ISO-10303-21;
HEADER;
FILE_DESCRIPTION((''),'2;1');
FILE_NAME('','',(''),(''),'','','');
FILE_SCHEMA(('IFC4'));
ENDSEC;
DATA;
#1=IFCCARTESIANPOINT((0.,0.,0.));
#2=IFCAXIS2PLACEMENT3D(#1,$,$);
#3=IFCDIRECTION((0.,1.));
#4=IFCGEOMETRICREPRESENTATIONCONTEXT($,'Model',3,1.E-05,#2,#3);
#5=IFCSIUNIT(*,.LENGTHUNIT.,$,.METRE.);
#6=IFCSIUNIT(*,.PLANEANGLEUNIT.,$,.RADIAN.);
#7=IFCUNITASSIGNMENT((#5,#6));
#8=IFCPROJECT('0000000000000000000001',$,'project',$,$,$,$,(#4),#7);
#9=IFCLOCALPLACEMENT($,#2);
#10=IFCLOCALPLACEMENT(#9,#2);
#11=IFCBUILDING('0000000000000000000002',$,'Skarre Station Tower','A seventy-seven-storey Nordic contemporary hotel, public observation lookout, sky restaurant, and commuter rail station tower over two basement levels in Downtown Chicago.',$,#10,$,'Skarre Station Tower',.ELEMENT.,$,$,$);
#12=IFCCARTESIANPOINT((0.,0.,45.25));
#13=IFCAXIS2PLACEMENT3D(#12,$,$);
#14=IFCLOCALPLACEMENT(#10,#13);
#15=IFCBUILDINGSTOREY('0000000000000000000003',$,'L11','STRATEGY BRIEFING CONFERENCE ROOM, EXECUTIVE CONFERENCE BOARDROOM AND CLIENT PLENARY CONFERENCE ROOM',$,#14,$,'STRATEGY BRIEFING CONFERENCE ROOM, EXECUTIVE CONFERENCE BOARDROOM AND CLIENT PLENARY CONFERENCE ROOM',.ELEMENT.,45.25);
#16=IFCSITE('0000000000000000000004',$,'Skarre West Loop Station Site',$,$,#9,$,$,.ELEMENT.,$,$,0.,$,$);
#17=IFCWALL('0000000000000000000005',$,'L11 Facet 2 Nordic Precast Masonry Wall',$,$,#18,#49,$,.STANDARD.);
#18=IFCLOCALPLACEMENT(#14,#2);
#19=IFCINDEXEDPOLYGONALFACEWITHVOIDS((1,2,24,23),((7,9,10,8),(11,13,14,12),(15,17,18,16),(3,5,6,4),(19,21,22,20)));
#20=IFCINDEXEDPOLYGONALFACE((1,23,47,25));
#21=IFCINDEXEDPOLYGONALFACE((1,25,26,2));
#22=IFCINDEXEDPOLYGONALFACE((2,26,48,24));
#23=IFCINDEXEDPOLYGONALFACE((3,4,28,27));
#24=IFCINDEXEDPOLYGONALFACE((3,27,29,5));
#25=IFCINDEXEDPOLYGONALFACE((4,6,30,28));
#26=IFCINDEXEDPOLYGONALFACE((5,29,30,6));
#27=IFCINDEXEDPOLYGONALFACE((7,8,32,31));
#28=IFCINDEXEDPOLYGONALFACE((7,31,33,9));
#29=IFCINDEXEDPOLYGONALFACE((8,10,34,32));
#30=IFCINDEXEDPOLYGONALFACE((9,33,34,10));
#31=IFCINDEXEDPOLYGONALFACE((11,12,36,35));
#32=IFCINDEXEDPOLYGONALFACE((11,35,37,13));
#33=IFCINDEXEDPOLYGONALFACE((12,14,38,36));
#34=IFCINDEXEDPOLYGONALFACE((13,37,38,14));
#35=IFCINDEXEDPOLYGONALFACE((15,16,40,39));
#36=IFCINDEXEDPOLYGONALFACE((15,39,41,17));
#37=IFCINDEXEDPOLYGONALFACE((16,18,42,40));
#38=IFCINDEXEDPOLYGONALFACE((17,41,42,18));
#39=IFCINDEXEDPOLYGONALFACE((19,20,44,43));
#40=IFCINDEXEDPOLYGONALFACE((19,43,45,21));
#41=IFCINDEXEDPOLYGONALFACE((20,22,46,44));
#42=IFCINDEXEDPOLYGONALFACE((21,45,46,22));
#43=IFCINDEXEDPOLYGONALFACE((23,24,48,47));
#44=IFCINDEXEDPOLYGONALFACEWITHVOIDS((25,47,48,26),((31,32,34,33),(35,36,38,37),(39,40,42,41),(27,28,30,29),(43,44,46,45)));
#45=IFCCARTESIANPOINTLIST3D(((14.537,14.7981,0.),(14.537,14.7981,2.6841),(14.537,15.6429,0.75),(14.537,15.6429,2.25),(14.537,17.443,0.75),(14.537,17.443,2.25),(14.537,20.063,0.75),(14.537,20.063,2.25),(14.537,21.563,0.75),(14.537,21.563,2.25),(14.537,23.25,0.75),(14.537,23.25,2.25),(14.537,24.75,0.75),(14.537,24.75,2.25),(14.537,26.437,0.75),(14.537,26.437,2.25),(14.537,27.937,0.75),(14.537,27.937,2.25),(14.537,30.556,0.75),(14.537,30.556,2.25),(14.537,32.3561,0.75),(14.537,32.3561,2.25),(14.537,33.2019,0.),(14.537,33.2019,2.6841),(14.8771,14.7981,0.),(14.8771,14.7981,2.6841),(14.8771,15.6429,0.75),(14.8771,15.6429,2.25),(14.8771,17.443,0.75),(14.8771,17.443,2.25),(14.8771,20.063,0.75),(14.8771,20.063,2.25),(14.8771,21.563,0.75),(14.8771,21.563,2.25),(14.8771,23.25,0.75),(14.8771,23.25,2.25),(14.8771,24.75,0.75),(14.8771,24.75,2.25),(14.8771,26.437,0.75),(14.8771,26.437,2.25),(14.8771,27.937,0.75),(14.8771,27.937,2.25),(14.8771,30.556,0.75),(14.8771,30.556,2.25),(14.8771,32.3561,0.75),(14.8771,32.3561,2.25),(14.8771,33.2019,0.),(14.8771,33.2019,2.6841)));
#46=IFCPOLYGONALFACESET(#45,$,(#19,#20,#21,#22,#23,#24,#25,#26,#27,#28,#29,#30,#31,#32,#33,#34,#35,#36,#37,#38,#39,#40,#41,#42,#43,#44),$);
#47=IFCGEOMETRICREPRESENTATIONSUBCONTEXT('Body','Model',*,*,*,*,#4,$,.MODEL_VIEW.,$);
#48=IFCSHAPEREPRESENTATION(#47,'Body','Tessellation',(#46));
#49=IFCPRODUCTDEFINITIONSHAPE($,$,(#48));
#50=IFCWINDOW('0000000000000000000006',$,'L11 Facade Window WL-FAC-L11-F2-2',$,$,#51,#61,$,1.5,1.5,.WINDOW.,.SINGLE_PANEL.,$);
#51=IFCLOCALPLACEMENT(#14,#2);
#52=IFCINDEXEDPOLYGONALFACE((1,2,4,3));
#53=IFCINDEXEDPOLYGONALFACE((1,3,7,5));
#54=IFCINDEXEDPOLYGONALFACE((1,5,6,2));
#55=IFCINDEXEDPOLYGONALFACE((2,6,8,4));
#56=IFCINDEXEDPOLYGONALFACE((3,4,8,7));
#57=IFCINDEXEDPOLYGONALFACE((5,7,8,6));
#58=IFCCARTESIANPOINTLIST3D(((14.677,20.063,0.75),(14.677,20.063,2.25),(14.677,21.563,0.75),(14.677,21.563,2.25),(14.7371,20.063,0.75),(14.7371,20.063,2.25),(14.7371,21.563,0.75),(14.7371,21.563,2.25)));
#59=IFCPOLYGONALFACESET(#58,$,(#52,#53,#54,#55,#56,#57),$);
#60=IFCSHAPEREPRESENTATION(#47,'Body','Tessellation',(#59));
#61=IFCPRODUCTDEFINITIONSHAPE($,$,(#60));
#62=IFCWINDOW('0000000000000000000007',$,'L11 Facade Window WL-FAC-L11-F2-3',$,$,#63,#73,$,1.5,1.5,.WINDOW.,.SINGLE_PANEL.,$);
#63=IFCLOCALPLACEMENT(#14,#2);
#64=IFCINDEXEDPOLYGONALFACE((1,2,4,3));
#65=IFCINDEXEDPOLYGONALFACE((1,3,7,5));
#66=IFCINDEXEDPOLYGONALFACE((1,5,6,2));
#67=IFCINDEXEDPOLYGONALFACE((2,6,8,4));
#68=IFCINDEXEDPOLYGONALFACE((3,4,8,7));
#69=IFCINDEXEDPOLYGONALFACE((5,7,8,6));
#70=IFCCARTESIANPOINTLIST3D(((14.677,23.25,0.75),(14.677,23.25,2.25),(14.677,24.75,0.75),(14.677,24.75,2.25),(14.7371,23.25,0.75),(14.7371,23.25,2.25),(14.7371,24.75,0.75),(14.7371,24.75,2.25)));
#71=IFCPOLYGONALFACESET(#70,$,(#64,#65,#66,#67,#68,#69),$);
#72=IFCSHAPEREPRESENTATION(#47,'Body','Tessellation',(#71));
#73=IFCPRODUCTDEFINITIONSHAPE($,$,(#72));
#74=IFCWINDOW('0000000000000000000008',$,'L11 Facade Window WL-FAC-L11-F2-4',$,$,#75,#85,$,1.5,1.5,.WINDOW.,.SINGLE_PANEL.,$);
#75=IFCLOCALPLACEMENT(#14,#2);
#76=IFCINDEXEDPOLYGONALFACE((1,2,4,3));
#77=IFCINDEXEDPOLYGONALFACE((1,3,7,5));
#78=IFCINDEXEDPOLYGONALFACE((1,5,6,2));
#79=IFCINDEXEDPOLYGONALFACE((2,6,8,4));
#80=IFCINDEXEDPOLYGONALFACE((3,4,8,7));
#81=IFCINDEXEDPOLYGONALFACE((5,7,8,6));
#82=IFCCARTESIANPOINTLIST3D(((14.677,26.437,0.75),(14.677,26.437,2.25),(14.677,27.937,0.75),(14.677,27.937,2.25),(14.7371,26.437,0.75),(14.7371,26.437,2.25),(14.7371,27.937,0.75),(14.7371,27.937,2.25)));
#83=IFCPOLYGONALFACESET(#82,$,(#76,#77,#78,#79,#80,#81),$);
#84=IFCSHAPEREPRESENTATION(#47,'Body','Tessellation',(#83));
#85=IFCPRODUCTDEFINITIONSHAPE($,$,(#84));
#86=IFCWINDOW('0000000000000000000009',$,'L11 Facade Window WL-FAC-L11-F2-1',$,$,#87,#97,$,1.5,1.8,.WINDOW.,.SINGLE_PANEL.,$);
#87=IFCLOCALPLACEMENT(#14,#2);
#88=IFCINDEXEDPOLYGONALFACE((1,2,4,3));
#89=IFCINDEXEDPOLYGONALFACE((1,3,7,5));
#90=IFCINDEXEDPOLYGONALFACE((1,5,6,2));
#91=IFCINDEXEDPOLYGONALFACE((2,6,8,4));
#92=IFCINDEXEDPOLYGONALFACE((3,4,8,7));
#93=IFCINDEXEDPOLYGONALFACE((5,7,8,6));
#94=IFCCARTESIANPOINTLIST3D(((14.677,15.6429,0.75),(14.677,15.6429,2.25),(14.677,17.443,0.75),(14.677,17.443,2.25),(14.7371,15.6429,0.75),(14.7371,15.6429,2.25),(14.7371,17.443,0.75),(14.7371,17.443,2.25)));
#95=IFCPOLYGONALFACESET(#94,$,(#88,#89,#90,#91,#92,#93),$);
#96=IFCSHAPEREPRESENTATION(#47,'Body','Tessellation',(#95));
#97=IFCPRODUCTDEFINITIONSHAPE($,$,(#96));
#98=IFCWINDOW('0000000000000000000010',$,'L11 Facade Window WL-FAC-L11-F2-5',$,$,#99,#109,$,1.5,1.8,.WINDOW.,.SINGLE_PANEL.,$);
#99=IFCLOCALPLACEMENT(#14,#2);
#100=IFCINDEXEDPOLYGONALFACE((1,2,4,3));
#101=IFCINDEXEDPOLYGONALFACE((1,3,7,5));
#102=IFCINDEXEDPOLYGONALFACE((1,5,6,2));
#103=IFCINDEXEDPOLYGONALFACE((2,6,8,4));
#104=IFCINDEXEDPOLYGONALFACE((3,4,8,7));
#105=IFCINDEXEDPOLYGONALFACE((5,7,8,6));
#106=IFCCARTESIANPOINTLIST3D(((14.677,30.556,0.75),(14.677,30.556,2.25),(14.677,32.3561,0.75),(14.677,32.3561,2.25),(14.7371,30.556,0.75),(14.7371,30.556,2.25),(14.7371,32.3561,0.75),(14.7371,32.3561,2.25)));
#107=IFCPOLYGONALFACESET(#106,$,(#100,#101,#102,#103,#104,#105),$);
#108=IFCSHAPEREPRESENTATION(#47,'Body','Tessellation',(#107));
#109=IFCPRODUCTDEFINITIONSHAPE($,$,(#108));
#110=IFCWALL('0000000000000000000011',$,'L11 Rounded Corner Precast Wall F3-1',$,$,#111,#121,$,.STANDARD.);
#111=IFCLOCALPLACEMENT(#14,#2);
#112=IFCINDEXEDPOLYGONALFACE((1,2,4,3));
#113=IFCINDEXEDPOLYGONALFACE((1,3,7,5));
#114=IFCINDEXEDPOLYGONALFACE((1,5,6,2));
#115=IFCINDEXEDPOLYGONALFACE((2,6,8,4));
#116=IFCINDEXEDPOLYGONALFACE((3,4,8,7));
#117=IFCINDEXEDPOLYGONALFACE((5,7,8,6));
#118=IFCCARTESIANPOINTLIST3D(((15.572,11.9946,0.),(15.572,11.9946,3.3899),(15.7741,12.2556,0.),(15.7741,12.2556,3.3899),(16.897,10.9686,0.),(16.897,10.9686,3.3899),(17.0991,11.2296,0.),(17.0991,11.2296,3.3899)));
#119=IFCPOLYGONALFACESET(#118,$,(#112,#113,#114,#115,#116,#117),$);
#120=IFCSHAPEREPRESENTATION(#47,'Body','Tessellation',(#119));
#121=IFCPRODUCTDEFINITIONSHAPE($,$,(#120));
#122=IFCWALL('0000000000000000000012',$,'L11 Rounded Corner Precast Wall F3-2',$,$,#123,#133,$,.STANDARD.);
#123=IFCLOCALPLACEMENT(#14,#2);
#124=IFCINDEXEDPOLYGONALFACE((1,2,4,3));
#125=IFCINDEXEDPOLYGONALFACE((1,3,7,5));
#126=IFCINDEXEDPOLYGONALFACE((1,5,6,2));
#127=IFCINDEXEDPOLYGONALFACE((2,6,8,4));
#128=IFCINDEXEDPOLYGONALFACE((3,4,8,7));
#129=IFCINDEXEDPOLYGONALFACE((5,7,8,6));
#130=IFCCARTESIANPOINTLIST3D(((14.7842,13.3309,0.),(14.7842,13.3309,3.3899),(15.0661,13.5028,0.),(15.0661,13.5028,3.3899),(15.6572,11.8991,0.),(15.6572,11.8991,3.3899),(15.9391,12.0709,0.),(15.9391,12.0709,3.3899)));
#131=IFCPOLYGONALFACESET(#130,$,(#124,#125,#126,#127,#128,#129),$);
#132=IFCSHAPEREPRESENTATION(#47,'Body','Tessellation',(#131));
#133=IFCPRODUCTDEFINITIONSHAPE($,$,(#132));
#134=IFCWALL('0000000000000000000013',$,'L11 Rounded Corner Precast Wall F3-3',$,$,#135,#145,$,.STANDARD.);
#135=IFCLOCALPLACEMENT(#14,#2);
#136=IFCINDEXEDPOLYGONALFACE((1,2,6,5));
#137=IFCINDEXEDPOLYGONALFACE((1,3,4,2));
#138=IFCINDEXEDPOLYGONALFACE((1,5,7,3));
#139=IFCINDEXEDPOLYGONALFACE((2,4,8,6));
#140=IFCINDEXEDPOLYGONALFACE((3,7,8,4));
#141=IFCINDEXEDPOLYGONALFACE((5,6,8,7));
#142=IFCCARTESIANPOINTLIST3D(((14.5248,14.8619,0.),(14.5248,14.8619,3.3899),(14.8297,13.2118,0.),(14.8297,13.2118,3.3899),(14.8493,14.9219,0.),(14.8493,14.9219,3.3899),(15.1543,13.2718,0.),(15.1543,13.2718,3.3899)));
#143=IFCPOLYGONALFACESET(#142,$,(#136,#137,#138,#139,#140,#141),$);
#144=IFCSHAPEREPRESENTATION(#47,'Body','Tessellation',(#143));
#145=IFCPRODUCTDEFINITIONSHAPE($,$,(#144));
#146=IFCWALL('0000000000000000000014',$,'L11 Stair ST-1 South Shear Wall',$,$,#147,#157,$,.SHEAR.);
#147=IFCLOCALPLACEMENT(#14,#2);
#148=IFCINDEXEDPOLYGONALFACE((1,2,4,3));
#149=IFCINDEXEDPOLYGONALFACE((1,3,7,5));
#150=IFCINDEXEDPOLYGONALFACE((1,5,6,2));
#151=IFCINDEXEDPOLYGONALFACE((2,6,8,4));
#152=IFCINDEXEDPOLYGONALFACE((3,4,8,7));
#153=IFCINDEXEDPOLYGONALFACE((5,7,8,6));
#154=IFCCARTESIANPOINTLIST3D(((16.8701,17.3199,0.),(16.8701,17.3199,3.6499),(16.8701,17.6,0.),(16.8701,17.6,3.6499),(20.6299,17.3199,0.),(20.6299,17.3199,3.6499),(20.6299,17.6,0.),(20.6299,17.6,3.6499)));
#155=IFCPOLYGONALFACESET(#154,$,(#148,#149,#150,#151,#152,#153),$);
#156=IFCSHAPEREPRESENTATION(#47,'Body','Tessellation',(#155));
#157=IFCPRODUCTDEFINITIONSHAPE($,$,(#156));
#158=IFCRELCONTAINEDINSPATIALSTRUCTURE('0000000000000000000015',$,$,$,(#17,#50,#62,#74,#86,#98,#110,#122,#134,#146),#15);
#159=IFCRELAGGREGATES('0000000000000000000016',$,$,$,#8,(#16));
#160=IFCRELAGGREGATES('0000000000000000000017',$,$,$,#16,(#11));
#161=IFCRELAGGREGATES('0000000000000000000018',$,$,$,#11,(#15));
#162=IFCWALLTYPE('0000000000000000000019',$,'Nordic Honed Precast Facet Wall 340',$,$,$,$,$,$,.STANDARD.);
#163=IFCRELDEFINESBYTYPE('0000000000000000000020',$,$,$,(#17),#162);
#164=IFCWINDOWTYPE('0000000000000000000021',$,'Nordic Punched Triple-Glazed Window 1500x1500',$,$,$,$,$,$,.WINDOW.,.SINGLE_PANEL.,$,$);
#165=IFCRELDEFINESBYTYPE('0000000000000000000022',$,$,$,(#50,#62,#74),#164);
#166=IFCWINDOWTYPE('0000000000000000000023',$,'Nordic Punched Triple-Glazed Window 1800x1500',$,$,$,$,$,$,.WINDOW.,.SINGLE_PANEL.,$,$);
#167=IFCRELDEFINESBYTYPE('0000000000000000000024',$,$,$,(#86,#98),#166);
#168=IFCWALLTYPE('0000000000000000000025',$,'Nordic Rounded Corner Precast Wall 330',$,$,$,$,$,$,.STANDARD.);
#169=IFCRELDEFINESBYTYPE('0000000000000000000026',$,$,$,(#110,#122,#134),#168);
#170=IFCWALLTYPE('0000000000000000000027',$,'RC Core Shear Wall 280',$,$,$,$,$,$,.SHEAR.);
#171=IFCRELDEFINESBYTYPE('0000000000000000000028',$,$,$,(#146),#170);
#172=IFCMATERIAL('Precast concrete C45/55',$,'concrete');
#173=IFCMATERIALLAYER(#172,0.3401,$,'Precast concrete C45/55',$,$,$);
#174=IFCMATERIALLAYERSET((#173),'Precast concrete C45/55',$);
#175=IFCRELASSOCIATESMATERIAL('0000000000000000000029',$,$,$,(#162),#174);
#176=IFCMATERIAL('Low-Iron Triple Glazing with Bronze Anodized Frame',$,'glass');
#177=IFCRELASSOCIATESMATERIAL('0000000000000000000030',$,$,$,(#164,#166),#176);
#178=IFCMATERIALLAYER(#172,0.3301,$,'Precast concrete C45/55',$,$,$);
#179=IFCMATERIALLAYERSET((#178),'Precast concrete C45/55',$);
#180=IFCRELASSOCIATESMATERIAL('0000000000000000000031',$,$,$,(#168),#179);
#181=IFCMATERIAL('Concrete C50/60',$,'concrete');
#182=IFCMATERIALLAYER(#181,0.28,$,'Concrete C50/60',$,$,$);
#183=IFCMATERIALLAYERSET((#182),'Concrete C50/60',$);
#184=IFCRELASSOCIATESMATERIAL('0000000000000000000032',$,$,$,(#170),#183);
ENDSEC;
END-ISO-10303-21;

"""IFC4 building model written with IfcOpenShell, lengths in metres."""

from ifc_helpers import new_model, si_unit, direction, frame, frame_2d, origin, place, context, subcontext, project, spatial, rectangle, extrude, material, layer, layer_set, type_object, element, fill, save


model = new_model("IFC4")

# Units and contexts
model_context = context("Model", 3, precision=1e-05, world=origin(), true_north=direction((0.0, 1.0)))
body_context = subcontext(model_context, "Body", "Model", "MODEL_VIEW")
ifc_project = project(units=[si_unit("LENGTHUNIT", "METRE"), si_unit("PLANEANGLEUNIT", "RADIAN")], contexts=[model_context])

# Site, building, storey
site_placement = place(None, origin())
site = spatial("IfcSite", under=ifc_project, at=site_placement, Name="Skarre West Loop Station Site", CompositionType="ELEMENT", RefElevation=0.0)
building_placement = place(site_placement, origin())
building = spatial("IfcBuilding", under=site, at=building_placement, Name="Skarre Station Tower", Description="A seventy-seven-storey Nordic contemporary hotel, public observation lookout, sky restaurant, and commuter rail station tower over two basement levels in Downtown Chicago.", LongName="Skarre Station Tower", CompositionType="ELEMENT")
storey_placement = place(building_placement, frame((0.0, 0.0, 45.25)))
storey = spatial("IfcBuildingStorey", under=building, at=storey_placement, Name="L11", Description="STRATEGY BRIEFING CONFERENCE ROOM, EXECUTIVE CONFERENCE BOARDROOM AND CLIENT PLENARY CONFERENCE ROOM", LongName="STRATEGY BRIEFING CONFERENCE ROOM, EXECUTIVE CONFERENCE BOARDROOM AND CLIENT PLENARY CONFERENCE ROOM", CompositionType="ELEMENT", Elevation=45.25)

# Shared definitions
ifc_material_1 = material(Name="Concrete C50/60", Category="concrete")

# Wall, openings, windows
ifc_material_2 = material(Name="Precast concrete C45/55", Category="concrete")
ifc_layer_1 = layer(ifc_material_2, 0.3401, Name="Precast concrete C45/55")
ifc_layer_set_1 = layer_set([ifc_layer_1], Name="Precast concrete C45/55")
wall_type_1 = type_object("IfcWallType", Name="Nordic Honed Precast Facet Wall 340", PredefinedType="STANDARD", material=ifc_layer_set_1)
wall_1_placement = place(storey_placement, frame((14.707, 14.7981, 0.0), z_axis=(0.0, 0.0, 1.0), x_axis=(0.0, 1.0, 0.0)))
wall_1 = element("IfcWall", 1, at=wall_1_placement, inside=storey, type_object=wall_type_1, Name="L11 Facet 2 Nordic Precast Masonry Wall", PredefinedType="STANDARD", context=body_context, shape_type="SweptSolid", body=[
    extrude(rectangle(XDim=18.4038, YDim=0.3401, at=frame_2d((9.2019, 0.0))), origin(), (0.0, 0.0, 1.0), 2.6841),
])
opening_1_placement = place(wall_1_placement, frame((0.845, 0.0, 0.75)))
opening_1 = element("IfcOpeningElement", 2, at=opening_1_placement, cuts=wall_1, PredefinedType="OPENING", context=body_context, shape_type="SweptSolid", body=[
    extrude(rectangle(XDim=1.8, YDim=1.5, at=frame_2d((0.8999, 0.75))), frame((0.0, 0.1799, 0.0), z_axis=(0.0, -1.0, 0.0), x_axis=(1.0, 0.0, 0.0)), (0.0, 0.0, 1.0), 0.3601),
])
opening_2_placement = place(wall_1_placement, frame((5.2649, 0.0, 0.75)))
opening_2 = element("IfcOpeningElement", 3, at=opening_2_placement, cuts=wall_1, PredefinedType="OPENING", context=body_context, shape_type="SweptSolid", body=[
    extrude(rectangle(XDim=1.5, YDim=1.5, at=frame_2d((0.75, 0.75))), frame((0.0, 0.1799, 0.0), z_axis=(0.0, -1.0, 0.0), x_axis=(1.0, 0.0, 0.0)), (0.0, 0.0, 1.0), 0.3601),
])
opening_3_placement = place(wall_1_placement, frame((8.4519, 0.0, 0.75)))
opening_3 = element("IfcOpeningElement", 4, at=opening_3_placement, cuts=wall_1, PredefinedType="OPENING", context=body_context, shape_type="SweptSolid", body=[
    extrude(rectangle(XDim=1.5, YDim=1.5, at=frame_2d((0.75, 0.75))), frame((0.0, 0.1799, 0.0), z_axis=(0.0, -1.0, 0.0), x_axis=(1.0, 0.0, 0.0)), (0.0, 0.0, 1.0), 0.3601),
])
opening_4_placement = place(wall_1_placement, frame((11.6389, 0.0, 0.75)))
opening_4 = element("IfcOpeningElement", 5, at=opening_4_placement, cuts=wall_1, PredefinedType="OPENING", context=body_context, shape_type="SweptSolid", body=[
    extrude(rectangle(XDim=1.5, YDim=1.5, at=frame_2d((0.75, 0.75))), frame((0.0, 0.1799, 0.0), z_axis=(0.0, -1.0, 0.0), x_axis=(1.0, 0.0, 0.0)), (0.0, 0.0, 1.0), 0.3601),
])
opening_5_placement = place(wall_1_placement, frame((15.7581, 0.0, 0.75)))
opening_5 = element("IfcOpeningElement", 6, at=opening_5_placement, cuts=wall_1, PredefinedType="OPENING", context=body_context, shape_type="SweptSolid", body=[
    extrude(rectangle(XDim=1.8, YDim=1.5, at=frame_2d((0.8999, 0.75))), frame((0.0, 0.1799, 0.0), z_axis=(0.0, -1.0, 0.0), x_axis=(1.0, 0.0, 0.0)), (0.0, 0.0, 1.0), 0.3601),
])
ifc_material_3 = material(Name="Low-Iron Triple Glazing with Bronze Anodized Frame", Category="glass")
window_type_1 = type_object("IfcWindowType", Name="Nordic Punched Triple-Glazed Window 1500x1500", PartitioningType="SINGLE_PANEL", PredefinedType="WINDOW", material=ifc_material_3)
window_1_placement = place(opening_2_placement, origin())
window_1 = element("IfcWindow", 7, at=window_1_placement, inside=storey, type_object=window_type_1, Name="L11 Facade Window WL-FAC-L11-F2-2", OverallHeight=1.5, OverallWidth=1.5, PartitioningType="SINGLE_PANEL", PredefinedType="WINDOW", context=body_context, shape_type="SweptSolid", body=[
    extrude(rectangle(XDim=1.5, YDim=1.5, at=frame_2d((0.75, 0.75))), frame((0.0, 0.03, 0.0), z_axis=(0.0, -1.0, 0.0), x_axis=(1.0, 0.0, 0.0)), (0.0, 0.0, 1.0), 0.0601),
])
fill(opening_2, window_1)
window_2_placement = place(opening_3_placement, origin())
window_2 = element("IfcWindow", 8, at=window_2_placement, inside=storey, type_object=window_type_1, Name="L11 Facade Window WL-FAC-L11-F2-3", OverallHeight=1.5, OverallWidth=1.5, PartitioningType="SINGLE_PANEL", PredefinedType="WINDOW", context=body_context, shape_type="SweptSolid", body=[
    extrude(rectangle(XDim=1.5, YDim=1.5, at=frame_2d((0.75, 0.75))), frame((0.0, 0.03, 0.0), z_axis=(0.0, -1.0, 0.0), x_axis=(1.0, 0.0, 0.0)), (0.0, 0.0, 1.0), 0.0601),
])
fill(opening_3, window_2)
window_3_placement = place(opening_4_placement, origin())
window_3 = element("IfcWindow", 9, at=window_3_placement, inside=storey, type_object=window_type_1, Name="L11 Facade Window WL-FAC-L11-F2-4", OverallHeight=1.5, OverallWidth=1.5, PartitioningType="SINGLE_PANEL", PredefinedType="WINDOW", context=body_context, shape_type="SweptSolid", body=[
    extrude(rectangle(XDim=1.5, YDim=1.5, at=frame_2d((0.75, 0.75))), frame((0.0, 0.03, 0.0), z_axis=(0.0, -1.0, 0.0), x_axis=(1.0, 0.0, 0.0)), (0.0, 0.0, 1.0), 0.0601),
])
fill(opening_4, window_3)
window_type_2 = type_object("IfcWindowType", Name="Nordic Punched Triple-Glazed Window 1800x1500", PartitioningType="SINGLE_PANEL", PredefinedType="WINDOW", material=ifc_material_3)
window_4_placement = place(opening_1_placement, origin())
window_4 = element("IfcWindow", 10, at=window_4_placement, inside=storey, type_object=window_type_2, Name="L11 Facade Window WL-FAC-L11-F2-1", OverallHeight=1.5, OverallWidth=1.8, PartitioningType="SINGLE_PANEL", PredefinedType="WINDOW", context=body_context, shape_type="SweptSolid", body=[
    extrude(rectangle(XDim=1.8, YDim=1.5, at=frame_2d((0.8999, 0.75))), frame((0.0, 0.03, 0.0), z_axis=(0.0, -1.0, 0.0), x_axis=(1.0, 0.0, 0.0)), (0.0, 0.0, 1.0), 0.0601),
])
fill(opening_1, window_4)
window_5_placement = place(opening_5_placement, origin())
window_5 = element("IfcWindow", 11, at=window_5_placement, inside=storey, type_object=window_type_2, Name="L11 Facade Window WL-FAC-L11-F2-5", OverallHeight=1.5, OverallWidth=1.8, PartitioningType="SINGLE_PANEL", PredefinedType="WINDOW", context=body_context, shape_type="SweptSolid", body=[
    extrude(rectangle(XDim=1.8, YDim=1.5, at=frame_2d((0.8999, 0.75))), frame((0.0, 0.03, 0.0), z_axis=(0.0, -1.0, 0.0), x_axis=(1.0, 0.0, 0.0)), (0.0, 0.0, 1.0), 0.0601),
])
fill(opening_5, window_5)

# Walls
ifc_layer_2 = layer(ifc_material_2, 0.3301, Name="Precast concrete C45/55")
ifc_layer_set_2 = layer_set([ifc_layer_2], Name="Precast concrete C45/55")
wall_type_2 = type_object("IfcWallType", Name="Nordic Rounded Corner Precast Wall 330", PredefinedType="STANDARD", material=ifc_layer_set_2)
wall_2_placement = place(storey_placement, frame((16.998, 11.0991, 0.0), z_axis=(0.0, 0.0, 1.0), x_axis=(-0.790692, 0.612214, 0.0)))
element("IfcWall", 12, at=wall_2_placement, inside=storey, type_object=wall_type_2, Name="L11 Rounded Corner Precast Wall F3-1", PredefinedType="STANDARD", context=body_context, shape_type="SweptSolid", body=[
    extrude(rectangle(XDim=1.6758, YDim=0.3301, at=frame_2d((0.8379, 0.0))), origin(), (0.0, 0.0, 1.0), 3.3899),
])
wall_3_placement = place(storey_placement, frame((15.7981, 11.9851, 0.0), z_axis=(0.0, 0.0, 1.0), x_axis=(-0.520584, 0.85381, 0.0)))
element("IfcWall", 13, at=wall_3_placement, inside=storey, type_object=wall_type_2, Name="L11 Rounded Corner Precast Wall F3-2", PredefinedType="STANDARD", context=body_context, shape_type="SweptSolid", body=[
    extrude(rectangle(XDim=1.677, YDim=0.3301, at=frame_2d((0.8384, 0.0))), origin(), (0.0, 0.0, 1.0), 3.3899),
])
wall_4_placement = place(storey_placement, frame((14.9919, 13.2419, 0.0), z_axis=(0.0, 0.0, 1.0), x_axis=(-0.181714, 0.983351, 0.0)))
element("IfcWall", 14, at=wall_4_placement, inside=storey, type_object=wall_type_2, Name="L11 Rounded Corner Precast Wall F3-3", PredefinedType="STANDARD", context=body_context, shape_type="SweptSolid", body=[
    extrude(rectangle(XDim=1.678, YDim=0.3301, at=frame_2d((0.8389, 0.0))), origin(), (0.0, 0.0, 1.0), 3.3899),
])
ifc_layer_3 = layer(ifc_material_1, 0.28, Name="Concrete C50/60")
ifc_layer_set_3 = layer_set([ifc_layer_3], Name="Concrete C50/60")
wall_type_3 = type_object("IfcWallType", Name="RC Core Shear Wall 280", PredefinedType="SHEAR", material=ifc_layer_set_3)
wall_5_placement = place(storey_placement, frame((16.8701, 17.46, 0.0), z_axis=(0.0, 0.0, 1.0), x_axis=(1.0, 0.0, 0.0)))
element("IfcWall", 15, at=wall_5_placement, inside=storey, type_object=wall_type_3, Name="L11 Stair ST-1 South Shear Wall", PredefinedType="SHEAR", context=body_context, shape_type="SweptSolid", body=[
    extrude(rectangle(XDim=3.7598, YDim=0.28, at=frame_2d((1.8799, 0.0))), origin(), (0.0, 0.0, 1.0), 3.6499),
])

save(model, "model.ifc")
